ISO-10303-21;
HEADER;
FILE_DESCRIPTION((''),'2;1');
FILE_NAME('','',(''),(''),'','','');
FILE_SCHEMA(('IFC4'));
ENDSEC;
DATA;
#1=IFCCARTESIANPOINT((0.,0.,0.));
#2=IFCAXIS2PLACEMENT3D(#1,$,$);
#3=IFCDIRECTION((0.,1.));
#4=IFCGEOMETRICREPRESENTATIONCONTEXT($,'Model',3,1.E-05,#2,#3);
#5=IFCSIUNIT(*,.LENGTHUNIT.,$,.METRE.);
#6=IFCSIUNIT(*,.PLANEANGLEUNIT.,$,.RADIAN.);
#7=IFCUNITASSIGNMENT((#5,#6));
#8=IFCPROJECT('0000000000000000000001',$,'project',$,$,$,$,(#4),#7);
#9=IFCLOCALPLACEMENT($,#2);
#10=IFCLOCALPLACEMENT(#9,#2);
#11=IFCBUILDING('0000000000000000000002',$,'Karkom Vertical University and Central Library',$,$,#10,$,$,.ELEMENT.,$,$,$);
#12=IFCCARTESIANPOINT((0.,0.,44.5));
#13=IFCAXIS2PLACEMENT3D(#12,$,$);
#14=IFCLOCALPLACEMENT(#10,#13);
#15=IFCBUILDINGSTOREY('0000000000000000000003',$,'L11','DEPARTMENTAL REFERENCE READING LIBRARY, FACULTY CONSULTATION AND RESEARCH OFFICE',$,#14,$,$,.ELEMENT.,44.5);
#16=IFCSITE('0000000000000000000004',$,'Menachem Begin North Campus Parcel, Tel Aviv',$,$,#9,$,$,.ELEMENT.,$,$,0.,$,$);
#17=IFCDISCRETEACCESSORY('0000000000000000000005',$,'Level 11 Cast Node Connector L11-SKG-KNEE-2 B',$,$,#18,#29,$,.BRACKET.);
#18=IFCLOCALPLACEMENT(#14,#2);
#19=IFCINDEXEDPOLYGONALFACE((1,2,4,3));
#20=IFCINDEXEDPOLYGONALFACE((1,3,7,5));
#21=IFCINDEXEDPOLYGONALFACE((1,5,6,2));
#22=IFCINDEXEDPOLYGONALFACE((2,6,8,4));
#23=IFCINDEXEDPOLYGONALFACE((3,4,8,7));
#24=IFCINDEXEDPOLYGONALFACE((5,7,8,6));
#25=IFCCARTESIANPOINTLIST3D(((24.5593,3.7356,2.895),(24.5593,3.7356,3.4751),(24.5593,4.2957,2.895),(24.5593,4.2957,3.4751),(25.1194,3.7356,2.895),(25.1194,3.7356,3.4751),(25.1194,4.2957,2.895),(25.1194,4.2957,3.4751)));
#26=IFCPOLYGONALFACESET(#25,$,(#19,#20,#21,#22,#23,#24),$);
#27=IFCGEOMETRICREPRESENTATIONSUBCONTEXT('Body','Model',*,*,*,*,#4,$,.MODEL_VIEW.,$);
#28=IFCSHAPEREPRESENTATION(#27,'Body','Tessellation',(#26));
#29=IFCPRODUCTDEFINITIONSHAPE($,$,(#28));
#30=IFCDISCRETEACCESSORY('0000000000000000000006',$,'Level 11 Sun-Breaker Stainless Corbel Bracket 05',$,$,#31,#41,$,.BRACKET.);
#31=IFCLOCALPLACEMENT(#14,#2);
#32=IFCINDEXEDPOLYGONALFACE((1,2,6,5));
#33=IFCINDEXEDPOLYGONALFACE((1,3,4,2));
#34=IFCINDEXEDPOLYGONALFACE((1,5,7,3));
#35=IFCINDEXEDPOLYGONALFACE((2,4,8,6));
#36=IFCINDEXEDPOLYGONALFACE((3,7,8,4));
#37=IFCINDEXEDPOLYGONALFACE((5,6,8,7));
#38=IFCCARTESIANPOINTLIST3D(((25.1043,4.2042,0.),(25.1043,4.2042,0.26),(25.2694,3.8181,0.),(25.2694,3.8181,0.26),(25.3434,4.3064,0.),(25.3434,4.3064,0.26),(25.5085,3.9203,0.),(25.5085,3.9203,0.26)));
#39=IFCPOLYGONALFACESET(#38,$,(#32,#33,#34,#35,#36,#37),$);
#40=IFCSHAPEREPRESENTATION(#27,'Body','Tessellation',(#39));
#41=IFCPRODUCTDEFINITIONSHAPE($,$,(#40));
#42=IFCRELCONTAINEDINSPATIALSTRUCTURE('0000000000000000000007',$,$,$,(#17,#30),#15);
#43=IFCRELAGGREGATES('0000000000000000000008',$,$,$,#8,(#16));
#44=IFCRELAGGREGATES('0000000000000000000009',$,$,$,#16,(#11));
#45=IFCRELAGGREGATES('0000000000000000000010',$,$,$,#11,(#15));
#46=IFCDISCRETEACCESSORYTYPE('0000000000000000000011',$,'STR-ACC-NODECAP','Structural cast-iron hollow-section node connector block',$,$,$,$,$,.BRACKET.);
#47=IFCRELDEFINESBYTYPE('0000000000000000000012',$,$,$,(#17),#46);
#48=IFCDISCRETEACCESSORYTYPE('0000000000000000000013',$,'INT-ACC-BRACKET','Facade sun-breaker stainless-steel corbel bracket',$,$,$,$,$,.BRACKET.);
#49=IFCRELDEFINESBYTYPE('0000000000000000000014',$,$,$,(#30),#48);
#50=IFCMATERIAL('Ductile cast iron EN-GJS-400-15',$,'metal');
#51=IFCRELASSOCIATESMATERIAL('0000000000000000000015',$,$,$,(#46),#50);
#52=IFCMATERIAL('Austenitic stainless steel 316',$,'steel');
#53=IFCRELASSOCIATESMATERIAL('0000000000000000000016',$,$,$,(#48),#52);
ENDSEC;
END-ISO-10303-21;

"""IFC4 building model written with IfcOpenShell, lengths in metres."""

from ifc_helpers import new_model, si_unit, direction, frame, origin, origin_with_axes, origin_2d, place, context, subcontext, project, spatial, rectangle, extrude, source, transform, mapped, material, type_object, element, save


model = new_model("IFC4")

# Units and contexts
model_context = context("Model", 3, precision=1e-05, world=origin(), true_north=direction((0.0, 1.0)))
body_context = subcontext(model_context, "Body", "Model", "MODEL_VIEW")
ifc_project = project(units=[si_unit("LENGTHUNIT", "METRE"), si_unit("PLANEANGLEUNIT", "RADIAN")], contexts=[model_context])

# Site, building, storey
site_placement = place(None, origin())
site = spatial("IfcSite", under=ifc_project, at=site_placement, Name="Menachem Begin North Campus Parcel, Tel Aviv", CompositionType="ELEMENT", RefElevation=0.0)
building_placement = place(site_placement, origin())
building = spatial("IfcBuilding", under=site, at=building_placement, Name="Karkom Vertical University and Central Library", CompositionType="ELEMENT")
storey_placement = place(building_placement, frame((0.0, 0.0, 44.5)))
storey = spatial("IfcBuildingStorey", under=building, at=storey_placement, Name="L11", Description="DEPARTMENTAL REFERENCE READING LIBRARY, FACULTY CONSULTATION AND RESEARCH OFFICE", CompositionType="ELEMENT", Elevation=44.5)

# Discrete accessories
ifc_material_1 = material(Name="Ductile cast iron EN-GJS-400-15", Category="metal")
discrete_accessory_type_1 = type_object("IfcDiscreteAccessoryType", Name="STR-ACC-NODECAP", Description="Structural cast-iron hollow-section node connector block", PredefinedType="BRACKET", material=ifc_material_1)
shared_shape_1 = source(origin_with_axes(), body_context, "Body", "SweptSolid", [
    extrude(rectangle(XDim=0.5601, YDim=0.5601, at=origin_2d()), origin(), (0.0, 0.0, 1.0), 0.5801),
])
discrete_accessory_1_placement = place(storey_placement, frame((24.8394, 4.0156, 2.895), z_axis=(0.0, 0.0, 1.0), x_axis=(1.0, 0.0, 0.0)))
element("IfcDiscreteAccessory", 1, at=discrete_accessory_1_placement, inside=storey, type_object=discrete_accessory_type_1, Name="Level 11 Cast Node Connector L11-SKG-KNEE-2 B", PredefinedType="BRACKET", context=body_context, shape_type="MappedRepresentation", body=[
    mapped(shared_shape_1, transform((0.0, 0.0, 0.0), scale=1.0)),
])
ifc_material_2 = material(Name="Austenitic stainless steel 316", Category="steel")
discrete_accessory_type_2 = type_object("IfcDiscreteAccessoryType", Name="INT-ACC-BRACKET", Description="Facade sun-breaker stainless-steel corbel bracket", PredefinedType="BRACKET", material=ifc_material_2)
shared_shape_2 = source(origin_with_axes(), body_context, "Body", "SweptSolid", [
    extrude(rectangle(XDim=0.26, YDim=0.4199, at=origin_2d()), origin(), (0.0, 0.0, 1.0), 0.26),
])
discrete_accessory_2_placement = place(storey_placement, frame((25.3064, 4.0623, 0.0), z_axis=(0.0, 0.0, 1.0), x_axis=(0.919479, 0.39314, 0.0)))
element("IfcDiscreteAccessory", 2, at=discrete_accessory_2_placement, inside=storey, type_object=discrete_accessory_type_2, Name="Level 11 Sun-Breaker Stainless Corbel Bracket 05", PredefinedType="BRACKET", context=body_context, shape_type="MappedRepresentation", body=[
    mapped(shared_shape_2, transform((0.0, 0.0, 0.0), scale=1.0)),
])

save(model, "model.ifc")
